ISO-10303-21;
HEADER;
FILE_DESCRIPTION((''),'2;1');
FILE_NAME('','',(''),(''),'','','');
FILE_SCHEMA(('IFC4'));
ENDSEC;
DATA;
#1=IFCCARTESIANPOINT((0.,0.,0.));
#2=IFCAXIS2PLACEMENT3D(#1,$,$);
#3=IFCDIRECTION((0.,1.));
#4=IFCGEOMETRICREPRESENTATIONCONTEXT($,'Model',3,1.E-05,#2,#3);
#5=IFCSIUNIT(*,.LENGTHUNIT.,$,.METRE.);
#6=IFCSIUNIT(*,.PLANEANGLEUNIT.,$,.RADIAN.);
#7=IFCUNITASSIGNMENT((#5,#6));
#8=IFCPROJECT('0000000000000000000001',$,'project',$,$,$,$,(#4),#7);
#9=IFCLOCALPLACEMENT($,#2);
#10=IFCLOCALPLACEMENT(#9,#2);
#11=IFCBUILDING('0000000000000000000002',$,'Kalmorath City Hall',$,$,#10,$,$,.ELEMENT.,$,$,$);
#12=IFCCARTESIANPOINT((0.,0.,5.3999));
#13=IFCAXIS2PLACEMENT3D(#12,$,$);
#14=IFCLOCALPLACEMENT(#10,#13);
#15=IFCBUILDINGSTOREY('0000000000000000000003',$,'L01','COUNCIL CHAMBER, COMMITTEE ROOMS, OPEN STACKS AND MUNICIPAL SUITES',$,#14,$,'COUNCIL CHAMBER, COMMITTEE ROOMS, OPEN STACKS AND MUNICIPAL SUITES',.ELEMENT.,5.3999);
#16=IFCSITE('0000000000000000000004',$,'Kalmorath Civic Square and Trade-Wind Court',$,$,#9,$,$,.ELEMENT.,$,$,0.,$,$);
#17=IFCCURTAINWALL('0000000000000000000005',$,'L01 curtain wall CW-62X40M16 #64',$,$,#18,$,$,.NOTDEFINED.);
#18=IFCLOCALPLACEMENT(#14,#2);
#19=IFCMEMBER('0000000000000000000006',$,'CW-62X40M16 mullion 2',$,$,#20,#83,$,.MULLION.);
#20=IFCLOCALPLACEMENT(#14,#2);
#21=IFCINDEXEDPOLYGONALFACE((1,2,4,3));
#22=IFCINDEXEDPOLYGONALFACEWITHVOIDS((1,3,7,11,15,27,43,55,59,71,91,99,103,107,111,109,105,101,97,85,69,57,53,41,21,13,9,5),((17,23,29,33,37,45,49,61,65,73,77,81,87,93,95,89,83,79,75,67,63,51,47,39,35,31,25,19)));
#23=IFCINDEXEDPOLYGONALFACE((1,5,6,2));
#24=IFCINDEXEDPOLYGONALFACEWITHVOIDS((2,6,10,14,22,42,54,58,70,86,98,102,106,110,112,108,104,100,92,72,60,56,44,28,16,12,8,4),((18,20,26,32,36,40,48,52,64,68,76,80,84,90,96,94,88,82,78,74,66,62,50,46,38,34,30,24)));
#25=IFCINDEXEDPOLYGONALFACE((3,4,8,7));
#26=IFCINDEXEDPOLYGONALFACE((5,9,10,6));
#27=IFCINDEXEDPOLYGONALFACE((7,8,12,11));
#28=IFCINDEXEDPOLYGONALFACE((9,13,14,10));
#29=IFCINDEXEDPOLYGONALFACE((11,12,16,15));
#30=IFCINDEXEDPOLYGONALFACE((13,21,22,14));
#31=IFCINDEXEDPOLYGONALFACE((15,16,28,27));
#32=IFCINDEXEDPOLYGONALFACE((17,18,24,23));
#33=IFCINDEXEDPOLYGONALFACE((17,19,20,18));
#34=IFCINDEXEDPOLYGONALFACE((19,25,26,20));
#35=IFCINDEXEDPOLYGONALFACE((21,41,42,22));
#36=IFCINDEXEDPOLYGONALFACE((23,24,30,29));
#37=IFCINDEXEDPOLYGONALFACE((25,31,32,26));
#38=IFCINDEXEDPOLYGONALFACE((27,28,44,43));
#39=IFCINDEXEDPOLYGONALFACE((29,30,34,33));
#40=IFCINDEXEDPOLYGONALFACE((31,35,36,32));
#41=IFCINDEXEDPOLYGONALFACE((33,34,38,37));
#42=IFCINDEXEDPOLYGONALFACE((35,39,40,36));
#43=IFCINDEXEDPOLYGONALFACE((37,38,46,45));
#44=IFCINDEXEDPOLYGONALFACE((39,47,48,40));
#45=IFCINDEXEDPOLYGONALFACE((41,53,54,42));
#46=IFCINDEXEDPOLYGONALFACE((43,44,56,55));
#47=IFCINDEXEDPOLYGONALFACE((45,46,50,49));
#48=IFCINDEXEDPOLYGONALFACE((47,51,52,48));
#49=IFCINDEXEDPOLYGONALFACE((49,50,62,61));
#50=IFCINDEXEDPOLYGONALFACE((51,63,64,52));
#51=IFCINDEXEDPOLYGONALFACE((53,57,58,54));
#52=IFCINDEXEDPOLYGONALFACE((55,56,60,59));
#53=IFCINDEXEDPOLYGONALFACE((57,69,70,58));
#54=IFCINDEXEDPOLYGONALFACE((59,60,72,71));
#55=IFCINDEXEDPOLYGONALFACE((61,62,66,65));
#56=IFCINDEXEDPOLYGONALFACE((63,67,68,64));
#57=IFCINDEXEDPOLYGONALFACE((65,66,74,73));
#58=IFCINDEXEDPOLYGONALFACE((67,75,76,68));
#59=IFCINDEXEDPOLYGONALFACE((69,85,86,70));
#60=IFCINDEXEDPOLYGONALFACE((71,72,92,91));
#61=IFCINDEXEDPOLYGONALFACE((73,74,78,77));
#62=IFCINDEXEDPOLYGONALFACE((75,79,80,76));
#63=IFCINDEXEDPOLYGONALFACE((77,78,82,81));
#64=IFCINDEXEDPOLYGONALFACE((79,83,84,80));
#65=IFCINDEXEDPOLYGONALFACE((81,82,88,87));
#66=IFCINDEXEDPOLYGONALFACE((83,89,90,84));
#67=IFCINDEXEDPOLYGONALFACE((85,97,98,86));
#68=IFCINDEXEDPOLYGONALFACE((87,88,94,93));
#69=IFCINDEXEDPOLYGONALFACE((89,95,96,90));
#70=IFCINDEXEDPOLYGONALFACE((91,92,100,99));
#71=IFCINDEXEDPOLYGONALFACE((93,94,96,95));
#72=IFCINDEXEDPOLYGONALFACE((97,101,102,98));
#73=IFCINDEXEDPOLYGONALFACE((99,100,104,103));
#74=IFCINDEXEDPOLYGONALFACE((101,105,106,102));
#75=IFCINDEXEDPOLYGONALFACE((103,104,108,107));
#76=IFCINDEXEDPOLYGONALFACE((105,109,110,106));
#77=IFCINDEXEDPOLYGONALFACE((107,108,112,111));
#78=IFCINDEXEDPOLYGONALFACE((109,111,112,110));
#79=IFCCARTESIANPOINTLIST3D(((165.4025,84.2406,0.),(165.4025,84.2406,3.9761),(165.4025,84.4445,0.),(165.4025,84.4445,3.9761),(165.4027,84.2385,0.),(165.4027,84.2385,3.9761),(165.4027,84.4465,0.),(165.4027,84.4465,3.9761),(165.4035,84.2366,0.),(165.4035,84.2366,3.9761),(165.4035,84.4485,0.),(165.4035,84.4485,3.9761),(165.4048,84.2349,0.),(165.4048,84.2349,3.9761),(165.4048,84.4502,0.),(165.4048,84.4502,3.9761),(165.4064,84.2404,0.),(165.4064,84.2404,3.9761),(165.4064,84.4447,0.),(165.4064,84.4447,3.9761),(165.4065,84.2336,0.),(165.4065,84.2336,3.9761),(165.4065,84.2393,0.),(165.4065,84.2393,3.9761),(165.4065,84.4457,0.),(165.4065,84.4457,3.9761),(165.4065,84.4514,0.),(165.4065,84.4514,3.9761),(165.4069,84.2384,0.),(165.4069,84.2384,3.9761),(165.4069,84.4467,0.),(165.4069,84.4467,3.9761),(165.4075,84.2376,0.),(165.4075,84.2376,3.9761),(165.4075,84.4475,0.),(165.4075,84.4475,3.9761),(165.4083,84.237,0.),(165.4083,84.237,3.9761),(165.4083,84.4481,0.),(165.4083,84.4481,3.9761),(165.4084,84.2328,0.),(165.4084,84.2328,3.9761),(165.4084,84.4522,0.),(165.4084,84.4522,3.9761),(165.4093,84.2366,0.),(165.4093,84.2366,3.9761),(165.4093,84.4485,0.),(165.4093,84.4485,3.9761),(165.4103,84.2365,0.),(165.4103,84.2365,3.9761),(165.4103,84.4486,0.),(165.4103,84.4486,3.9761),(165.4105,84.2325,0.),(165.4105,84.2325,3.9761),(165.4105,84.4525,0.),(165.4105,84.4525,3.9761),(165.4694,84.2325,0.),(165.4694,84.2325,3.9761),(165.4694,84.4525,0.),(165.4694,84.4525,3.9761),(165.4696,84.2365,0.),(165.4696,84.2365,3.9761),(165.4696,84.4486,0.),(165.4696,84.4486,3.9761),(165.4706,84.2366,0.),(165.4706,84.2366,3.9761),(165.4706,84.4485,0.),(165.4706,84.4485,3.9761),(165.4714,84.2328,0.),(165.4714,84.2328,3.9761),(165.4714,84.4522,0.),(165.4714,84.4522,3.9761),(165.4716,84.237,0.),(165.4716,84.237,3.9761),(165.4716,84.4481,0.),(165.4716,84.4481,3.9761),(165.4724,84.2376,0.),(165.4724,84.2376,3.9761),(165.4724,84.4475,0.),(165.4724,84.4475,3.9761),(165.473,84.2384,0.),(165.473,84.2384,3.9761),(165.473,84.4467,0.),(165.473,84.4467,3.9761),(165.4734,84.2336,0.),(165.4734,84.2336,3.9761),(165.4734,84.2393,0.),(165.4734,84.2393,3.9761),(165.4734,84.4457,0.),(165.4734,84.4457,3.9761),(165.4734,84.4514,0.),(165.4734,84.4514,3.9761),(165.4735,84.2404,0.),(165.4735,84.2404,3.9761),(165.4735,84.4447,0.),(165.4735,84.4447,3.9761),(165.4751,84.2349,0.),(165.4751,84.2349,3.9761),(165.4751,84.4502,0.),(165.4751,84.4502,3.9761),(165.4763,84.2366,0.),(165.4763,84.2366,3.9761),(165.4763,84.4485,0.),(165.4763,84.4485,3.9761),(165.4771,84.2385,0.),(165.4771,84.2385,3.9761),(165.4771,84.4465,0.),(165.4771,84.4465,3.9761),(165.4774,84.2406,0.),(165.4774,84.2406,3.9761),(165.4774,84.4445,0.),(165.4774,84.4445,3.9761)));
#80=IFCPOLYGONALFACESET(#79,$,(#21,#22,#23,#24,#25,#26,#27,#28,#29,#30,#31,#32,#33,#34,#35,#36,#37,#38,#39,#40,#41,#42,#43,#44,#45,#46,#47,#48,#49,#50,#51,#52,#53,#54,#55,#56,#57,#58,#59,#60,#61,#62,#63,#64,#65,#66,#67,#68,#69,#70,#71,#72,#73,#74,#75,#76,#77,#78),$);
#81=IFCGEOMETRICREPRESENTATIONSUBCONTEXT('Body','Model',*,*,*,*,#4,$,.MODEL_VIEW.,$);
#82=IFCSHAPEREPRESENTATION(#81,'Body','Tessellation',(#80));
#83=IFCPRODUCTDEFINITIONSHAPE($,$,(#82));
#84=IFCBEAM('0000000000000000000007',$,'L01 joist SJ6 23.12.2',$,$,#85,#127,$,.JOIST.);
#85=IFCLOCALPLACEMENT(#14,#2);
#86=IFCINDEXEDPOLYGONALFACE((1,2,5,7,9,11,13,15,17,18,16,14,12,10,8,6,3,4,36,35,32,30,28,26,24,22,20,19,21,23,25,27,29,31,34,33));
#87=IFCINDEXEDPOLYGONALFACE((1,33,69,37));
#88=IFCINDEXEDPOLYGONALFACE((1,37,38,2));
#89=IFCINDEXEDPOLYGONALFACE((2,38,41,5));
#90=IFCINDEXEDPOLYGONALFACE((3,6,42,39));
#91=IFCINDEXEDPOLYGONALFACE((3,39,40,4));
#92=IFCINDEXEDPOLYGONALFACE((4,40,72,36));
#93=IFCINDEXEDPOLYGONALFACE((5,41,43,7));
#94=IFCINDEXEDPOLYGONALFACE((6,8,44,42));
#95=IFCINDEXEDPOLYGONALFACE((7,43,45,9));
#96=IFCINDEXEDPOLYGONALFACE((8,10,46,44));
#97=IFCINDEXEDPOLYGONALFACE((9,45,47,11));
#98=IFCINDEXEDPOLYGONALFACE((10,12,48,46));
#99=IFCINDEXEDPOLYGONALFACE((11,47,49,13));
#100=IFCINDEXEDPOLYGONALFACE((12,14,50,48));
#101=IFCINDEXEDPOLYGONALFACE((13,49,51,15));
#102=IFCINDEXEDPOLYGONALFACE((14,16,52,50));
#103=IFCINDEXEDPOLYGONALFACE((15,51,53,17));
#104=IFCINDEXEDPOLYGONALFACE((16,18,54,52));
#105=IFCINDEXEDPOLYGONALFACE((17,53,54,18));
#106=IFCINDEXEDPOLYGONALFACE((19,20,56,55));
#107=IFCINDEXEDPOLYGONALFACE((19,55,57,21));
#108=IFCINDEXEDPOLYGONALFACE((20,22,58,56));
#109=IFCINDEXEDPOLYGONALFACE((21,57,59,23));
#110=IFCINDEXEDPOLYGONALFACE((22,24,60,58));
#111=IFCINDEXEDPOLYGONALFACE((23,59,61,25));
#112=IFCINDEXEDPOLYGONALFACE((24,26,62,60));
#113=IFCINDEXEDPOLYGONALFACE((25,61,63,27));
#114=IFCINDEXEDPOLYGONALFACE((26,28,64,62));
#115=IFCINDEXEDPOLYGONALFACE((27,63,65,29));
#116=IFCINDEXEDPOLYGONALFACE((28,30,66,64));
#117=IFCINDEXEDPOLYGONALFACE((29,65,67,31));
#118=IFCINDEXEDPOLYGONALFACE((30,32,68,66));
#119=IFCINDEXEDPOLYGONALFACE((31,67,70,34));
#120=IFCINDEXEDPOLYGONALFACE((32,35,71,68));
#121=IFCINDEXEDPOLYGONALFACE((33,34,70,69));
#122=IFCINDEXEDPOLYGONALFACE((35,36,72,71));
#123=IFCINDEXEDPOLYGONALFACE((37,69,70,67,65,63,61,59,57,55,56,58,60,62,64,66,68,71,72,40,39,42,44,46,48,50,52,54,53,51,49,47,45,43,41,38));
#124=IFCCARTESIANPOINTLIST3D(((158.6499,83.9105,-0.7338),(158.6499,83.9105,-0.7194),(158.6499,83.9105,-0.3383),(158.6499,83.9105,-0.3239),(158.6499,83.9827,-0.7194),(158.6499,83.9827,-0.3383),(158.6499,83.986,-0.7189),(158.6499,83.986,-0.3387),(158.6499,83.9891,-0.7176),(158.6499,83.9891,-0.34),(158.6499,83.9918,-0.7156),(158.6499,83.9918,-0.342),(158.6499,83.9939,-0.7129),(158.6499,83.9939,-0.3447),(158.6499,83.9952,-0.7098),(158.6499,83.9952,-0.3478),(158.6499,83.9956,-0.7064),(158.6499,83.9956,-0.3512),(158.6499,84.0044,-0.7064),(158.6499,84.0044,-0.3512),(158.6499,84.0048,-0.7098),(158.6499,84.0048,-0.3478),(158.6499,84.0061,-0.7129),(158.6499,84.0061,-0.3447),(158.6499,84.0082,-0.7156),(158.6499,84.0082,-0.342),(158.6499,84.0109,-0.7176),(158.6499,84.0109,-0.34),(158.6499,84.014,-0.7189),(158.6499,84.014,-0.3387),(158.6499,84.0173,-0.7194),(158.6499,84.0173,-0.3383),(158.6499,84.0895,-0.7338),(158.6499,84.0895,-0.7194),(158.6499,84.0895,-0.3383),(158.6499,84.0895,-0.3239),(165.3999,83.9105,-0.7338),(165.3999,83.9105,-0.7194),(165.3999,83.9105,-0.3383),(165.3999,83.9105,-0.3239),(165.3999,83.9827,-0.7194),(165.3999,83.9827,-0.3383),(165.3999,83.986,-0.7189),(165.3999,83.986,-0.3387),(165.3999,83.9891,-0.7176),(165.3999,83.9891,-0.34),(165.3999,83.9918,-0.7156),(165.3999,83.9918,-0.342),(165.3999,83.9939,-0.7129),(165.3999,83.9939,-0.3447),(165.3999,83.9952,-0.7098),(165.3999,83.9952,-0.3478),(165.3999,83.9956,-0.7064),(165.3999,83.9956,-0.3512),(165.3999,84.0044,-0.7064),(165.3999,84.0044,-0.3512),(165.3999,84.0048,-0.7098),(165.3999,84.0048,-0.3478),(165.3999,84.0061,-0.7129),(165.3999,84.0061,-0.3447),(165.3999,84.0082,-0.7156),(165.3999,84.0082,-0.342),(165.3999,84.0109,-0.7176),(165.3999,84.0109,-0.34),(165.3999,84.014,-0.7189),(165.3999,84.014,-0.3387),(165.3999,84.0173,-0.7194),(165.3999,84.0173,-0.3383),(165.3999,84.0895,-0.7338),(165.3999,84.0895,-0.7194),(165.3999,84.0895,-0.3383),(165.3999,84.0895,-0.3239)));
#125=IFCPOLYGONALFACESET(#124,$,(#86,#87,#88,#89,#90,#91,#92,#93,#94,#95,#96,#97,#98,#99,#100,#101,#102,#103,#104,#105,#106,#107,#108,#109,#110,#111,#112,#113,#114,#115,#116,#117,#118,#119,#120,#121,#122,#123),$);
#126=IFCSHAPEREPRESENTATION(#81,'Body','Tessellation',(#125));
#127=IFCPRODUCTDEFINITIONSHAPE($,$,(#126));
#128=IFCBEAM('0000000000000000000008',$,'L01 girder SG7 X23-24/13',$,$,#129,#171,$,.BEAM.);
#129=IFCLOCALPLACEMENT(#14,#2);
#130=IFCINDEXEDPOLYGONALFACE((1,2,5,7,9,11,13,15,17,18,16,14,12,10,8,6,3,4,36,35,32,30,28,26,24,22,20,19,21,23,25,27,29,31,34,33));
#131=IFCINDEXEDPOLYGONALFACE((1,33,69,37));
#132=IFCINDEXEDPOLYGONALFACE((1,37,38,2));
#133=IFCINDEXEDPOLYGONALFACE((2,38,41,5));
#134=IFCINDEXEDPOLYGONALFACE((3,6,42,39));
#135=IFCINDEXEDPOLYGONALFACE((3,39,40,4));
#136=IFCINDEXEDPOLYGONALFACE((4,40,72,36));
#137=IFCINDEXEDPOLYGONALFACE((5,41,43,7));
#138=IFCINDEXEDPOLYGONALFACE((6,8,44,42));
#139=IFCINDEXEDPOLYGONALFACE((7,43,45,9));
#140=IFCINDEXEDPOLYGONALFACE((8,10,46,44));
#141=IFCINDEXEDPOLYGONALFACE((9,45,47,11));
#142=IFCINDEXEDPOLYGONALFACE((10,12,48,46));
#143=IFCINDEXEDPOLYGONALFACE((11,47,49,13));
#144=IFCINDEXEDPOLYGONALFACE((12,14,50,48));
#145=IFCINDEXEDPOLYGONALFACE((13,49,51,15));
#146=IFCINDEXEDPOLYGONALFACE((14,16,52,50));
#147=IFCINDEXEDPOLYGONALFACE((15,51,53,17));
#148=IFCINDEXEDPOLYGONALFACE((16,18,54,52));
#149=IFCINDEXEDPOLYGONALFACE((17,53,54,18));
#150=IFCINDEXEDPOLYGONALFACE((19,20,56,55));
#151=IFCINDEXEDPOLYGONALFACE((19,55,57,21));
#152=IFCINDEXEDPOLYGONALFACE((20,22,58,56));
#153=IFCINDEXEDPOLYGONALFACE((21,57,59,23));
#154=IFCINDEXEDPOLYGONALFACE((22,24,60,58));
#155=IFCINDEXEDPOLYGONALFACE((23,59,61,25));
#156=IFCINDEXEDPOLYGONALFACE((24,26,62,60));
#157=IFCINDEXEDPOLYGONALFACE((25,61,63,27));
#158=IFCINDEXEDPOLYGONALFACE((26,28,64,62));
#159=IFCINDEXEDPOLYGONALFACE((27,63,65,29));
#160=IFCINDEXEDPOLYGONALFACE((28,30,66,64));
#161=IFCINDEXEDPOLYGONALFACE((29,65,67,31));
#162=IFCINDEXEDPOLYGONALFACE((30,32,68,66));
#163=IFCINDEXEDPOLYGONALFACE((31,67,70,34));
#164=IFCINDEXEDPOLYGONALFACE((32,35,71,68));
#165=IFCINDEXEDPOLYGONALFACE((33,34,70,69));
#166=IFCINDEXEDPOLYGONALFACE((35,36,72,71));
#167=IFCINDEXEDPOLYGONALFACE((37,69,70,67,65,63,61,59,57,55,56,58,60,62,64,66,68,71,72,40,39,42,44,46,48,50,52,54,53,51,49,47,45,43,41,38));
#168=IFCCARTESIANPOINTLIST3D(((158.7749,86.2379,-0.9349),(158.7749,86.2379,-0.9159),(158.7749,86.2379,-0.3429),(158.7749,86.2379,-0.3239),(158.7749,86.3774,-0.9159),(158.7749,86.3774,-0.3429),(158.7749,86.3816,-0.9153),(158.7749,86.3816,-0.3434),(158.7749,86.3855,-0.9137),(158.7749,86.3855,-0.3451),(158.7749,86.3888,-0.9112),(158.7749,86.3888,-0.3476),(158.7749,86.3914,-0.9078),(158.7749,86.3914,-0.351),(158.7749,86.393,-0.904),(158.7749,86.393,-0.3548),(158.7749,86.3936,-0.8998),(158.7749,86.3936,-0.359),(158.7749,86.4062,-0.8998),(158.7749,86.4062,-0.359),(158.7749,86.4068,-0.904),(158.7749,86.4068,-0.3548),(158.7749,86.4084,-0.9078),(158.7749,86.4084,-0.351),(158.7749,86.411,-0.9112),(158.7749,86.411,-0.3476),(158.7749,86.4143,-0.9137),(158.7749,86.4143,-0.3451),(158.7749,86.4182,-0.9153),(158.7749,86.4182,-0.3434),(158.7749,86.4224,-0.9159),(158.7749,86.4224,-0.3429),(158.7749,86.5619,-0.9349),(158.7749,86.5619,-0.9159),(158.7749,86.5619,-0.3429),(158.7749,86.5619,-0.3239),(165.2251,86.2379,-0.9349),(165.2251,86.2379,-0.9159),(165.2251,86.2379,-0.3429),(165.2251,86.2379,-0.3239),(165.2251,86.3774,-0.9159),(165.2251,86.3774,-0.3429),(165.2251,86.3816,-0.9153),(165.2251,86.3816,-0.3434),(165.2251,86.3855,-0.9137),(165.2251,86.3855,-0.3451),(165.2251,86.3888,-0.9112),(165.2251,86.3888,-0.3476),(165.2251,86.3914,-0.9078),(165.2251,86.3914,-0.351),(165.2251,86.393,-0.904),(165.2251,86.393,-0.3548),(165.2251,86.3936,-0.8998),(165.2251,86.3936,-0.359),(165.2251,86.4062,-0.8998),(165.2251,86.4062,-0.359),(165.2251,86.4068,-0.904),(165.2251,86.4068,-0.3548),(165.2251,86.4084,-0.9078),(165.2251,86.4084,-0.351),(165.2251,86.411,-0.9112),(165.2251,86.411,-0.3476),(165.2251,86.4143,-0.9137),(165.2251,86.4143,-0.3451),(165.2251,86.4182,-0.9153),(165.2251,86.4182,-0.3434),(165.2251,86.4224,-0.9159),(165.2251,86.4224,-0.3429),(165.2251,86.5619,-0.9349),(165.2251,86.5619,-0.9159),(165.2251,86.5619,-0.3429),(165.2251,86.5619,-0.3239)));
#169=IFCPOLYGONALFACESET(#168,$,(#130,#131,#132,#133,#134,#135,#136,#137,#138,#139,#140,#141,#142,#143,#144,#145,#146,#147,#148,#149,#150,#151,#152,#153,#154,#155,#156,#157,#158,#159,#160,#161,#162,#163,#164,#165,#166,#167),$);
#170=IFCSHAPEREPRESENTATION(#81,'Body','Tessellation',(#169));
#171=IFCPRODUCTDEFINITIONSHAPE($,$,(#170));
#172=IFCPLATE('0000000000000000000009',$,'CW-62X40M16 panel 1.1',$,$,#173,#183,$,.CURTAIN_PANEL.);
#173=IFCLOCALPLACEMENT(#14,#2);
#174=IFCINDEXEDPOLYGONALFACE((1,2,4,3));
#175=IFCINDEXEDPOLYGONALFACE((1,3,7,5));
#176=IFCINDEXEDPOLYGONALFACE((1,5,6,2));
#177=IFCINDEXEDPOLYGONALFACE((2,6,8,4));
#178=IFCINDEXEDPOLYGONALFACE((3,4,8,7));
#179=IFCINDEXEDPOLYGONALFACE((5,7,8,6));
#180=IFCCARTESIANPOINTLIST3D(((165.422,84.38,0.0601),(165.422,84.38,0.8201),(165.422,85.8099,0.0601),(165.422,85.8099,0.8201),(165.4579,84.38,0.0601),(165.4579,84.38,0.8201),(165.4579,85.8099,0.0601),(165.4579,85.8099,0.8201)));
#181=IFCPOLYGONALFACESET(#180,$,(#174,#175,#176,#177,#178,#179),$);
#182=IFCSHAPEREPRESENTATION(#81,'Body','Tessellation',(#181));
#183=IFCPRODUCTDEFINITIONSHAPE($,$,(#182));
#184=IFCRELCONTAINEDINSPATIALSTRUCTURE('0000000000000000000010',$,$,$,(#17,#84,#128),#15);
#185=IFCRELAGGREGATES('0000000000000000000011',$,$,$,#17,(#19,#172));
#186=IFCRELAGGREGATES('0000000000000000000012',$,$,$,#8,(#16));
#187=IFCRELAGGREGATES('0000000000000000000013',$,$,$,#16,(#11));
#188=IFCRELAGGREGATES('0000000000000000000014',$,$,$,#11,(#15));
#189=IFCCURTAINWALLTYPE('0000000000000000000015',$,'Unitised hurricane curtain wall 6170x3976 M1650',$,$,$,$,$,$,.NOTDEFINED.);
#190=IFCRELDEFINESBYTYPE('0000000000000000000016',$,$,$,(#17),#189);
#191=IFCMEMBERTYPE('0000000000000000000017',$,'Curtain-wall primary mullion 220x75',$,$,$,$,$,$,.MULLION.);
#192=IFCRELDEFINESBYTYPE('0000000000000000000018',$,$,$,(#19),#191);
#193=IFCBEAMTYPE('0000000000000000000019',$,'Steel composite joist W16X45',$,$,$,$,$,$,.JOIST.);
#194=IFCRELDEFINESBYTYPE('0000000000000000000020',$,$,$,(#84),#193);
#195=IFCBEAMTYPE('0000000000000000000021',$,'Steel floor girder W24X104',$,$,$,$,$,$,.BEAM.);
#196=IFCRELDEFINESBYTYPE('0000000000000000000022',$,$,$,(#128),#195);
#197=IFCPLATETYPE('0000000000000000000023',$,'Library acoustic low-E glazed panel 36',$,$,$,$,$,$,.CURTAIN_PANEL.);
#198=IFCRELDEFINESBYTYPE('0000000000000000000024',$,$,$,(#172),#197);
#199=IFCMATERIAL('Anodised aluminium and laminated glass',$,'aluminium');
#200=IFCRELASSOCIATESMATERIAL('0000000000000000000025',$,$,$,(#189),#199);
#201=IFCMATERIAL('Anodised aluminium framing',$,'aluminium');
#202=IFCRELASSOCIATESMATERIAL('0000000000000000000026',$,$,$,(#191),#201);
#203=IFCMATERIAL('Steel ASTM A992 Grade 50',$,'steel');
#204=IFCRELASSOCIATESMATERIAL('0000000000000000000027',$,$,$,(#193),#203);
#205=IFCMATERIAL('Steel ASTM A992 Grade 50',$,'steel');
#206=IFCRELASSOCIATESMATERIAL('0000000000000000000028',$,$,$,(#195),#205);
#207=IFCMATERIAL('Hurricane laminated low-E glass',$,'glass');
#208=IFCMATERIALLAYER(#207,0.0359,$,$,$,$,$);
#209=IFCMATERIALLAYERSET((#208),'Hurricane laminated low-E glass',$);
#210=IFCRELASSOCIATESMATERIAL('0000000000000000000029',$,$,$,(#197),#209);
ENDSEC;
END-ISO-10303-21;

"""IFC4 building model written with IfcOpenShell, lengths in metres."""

from ifc_helpers import new_model, si_unit, direction, frame, origin, origin_2d, place, context, subcontext, project, spatial, rectangle, hollow_rectangle, i_section, extrude, material, layer, layer_set, material_profile, profile_set, type_object, element, aggregate, save


model = new_model("IFC4")

# Units and contexts
model_context = context("Model", 3, precision=1e-05, world=origin(), true_north=direction((0.0, 1.0)))
body_context = subcontext(model_context, "Body", "Model", "MODEL_VIEW")
ifc_project = project(units=[si_unit("LENGTHUNIT", "METRE"), si_unit("PLANEANGLEUNIT", "RADIAN")], contexts=[model_context])

# Site, building, storey
site_placement = place(None, origin())
site = spatial("IfcSite", under=ifc_project, at=site_placement, Name="Kalmorath Civic Square and Trade-Wind Court", CompositionType="ELEMENT", RefElevation=0.0)
building_placement = place(site_placement, origin())
building = spatial("IfcBuilding", under=site, at=building_placement, Name="Kalmorath City Hall", CompositionType="ELEMENT")
storey_placement = place(building_placement, frame((0.0, 0.0, 5.3999)))
storey = spatial("IfcBuildingStorey", under=building, at=storey_placement, Name="L01", Description="COUNCIL CHAMBER, COMMITTEE ROOMS, OPEN STACKS AND MUNICIPAL SUITES", LongName="COUNCIL CHAMBER, COMMITTEE ROOMS, OPEN STACKS AND MUNICIPAL SUITES", CompositionType="ELEMENT", Elevation=5.3999)

# Curtain wall, member
ifc_material_1 = material(Name="Anodised aluminium and laminated glass", Category="aluminium")
curtain_wall_type = type_object("IfcCurtainWallType", Name="Unitised hurricane curtain wall 6170x3976 M1650", PredefinedType="NOTDEFINED", material=ifc_material_1)
curtain_wall_placement = place(storey_placement, origin())
curtain_wall = element("IfcCurtainWall", 1, at=curtain_wall_placement, inside=storey, type_object=curtain_wall_type, Name="L01 curtain wall CW-62X40M16 #64", PredefinedType="NOTDEFINED")
ifc_material_2 = material(Name="Anodised aluminium framing", Category="aluminium")
ifc_material_profile_1 = material_profile(ifc_material_2, hollow_rectangle(XDim=0.075, YDim=0.22, WallThickness=0.0039, InnerFilletRadius=0.0039, OuterFilletRadius=0.0081, at=origin_2d()), Name="ALU-MUL-220X75X4")
ifc_profile_set_1 = profile_set([ifc_material_profile_1], Name="Anodised aluminium framing")
member_type_1 = type_object("IfcMemberType", Name="Curtain-wall primary mullion 220x75", PredefinedType="MULLION", material=ifc_profile_set_1)
member_1_placement = place(storey_placement, frame((165.4399, 84.3425, 0.0), z_axis=(0.0, 0.0, 1.0), x_axis=(1.0, 0.0, 0.0)))
member_1 = element("IfcMember", 2, at=member_1_placement, type_object=member_type_1, Name="CW-62X40M16 mullion 2", PredefinedType="MULLION", context=body_context, shape_type="SweptSolid", body=[
    extrude(hollow_rectangle(XDim=0.075, YDim=0.22, WallThickness=0.0039, InnerFilletRadius=0.0039, OuterFilletRadius=0.0081, at=origin_2d()), origin(), (0.0, 0.0, 1.0), 3.9761),
])

# Beams
ifc_material_3 = material(Name="Steel ASTM A992 Grade 50", Category="steel")
ifc_material_profile_2 = material_profile(ifc_material_3, i_section(OverallWidth=0.179, OverallDepth=0.4099, WebThickness=0.0088, FlangeThickness=0.0144, FilletRadius=0.0129, at=origin_2d()), Name="W16X45")
ifc_profile_set_2 = profile_set([ifc_material_profile_2], Name="Steel ASTM A992 Grade 50")
beam_type_1 = type_object("IfcBeamType", Name="Steel composite joist W16X45", PredefinedType="JOIST", material=ifc_profile_set_2)
beam_1_placement = place(storey_placement, frame((158.6499, 84.0, -0.5288), z_axis=(1.0, 0.0, 0.0), x_axis=(0.0, 1.0, 0.0)))
element("IfcBeam", 3, at=beam_1_placement, inside=storey, type_object=beam_type_1, Name="L01 joist SJ6 23.12.2", PredefinedType="JOIST", context=body_context, shape_type="SweptSolid", body=[
    extrude(i_section(OverallWidth=0.179, OverallDepth=0.4099, WebThickness=0.0088, FlangeThickness=0.0144, FilletRadius=0.0129, at=origin_2d()), origin(), (0.0, 0.0, 1.0), 6.75),
])
ifc_material_4 = material(Name="Steel ASTM A992 Grade 50", Category="steel")
ifc_material_profile_3 = material_profile(ifc_material_4, i_section(OverallWidth=0.324, OverallDepth=0.6111, WebThickness=0.0127, FlangeThickness=0.019, FilletRadius=0.0161, at=origin_2d()), Name="W24X104")
ifc_profile_set_3 = profile_set([ifc_material_profile_3], Name="Steel ASTM A992 Grade 50")
beam_type_2 = type_object("IfcBeamType", Name="Steel floor girder W24X104", PredefinedType="BEAM", material=ifc_profile_set_3)
beam_2_placement = place(storey_placement, frame((158.7749, 86.3999, -0.6294), z_axis=(1.0, 0.0, 0.0), x_axis=(0.0, 1.0, 0.0)))
element("IfcBeam", 4, at=beam_2_placement, inside=storey, type_object=beam_type_2, Name="L01 girder SG7 X23-24/13", PredefinedType="BEAM", context=body_context, shape_type="SweptSolid", body=[
    extrude(i_section(OverallWidth=0.324, OverallDepth=0.6111, WebThickness=0.0127, FlangeThickness=0.019, FilletRadius=0.0161, at=origin_2d()), origin(), (0.0, 0.0, 1.0), 6.4502),
])

# Plate
ifc_material_5 = material(Name="Hurricane laminated low-E glass", Category="glass")
ifc_layer_1 = layer(ifc_material_5, 0.0359)
ifc_layer_set_1 = layer_set([ifc_layer_1], Name="Hurricane laminated low-E glass")
plate_type = type_object("IfcPlateType", Name="Library acoustic low-E glazed panel 36", PredefinedType="CURTAIN_PANEL", material=ifc_layer_set_1)
plate_1_placement = place(storey_placement, frame((165.4399, 85.095, 0.0601), z_axis=(0.0, 0.0, 1.0), x_axis=(0.0, -1.0, 0.0)))
plate_1 = element("IfcPlate", 5, at=plate_1_placement, type_object=plate_type, Name="CW-62X40M16 panel 1.1", PredefinedType="CURTAIN_PANEL", context=body_context, shape_type="SweptSolid", body=[
    extrude(rectangle(XDim=1.4299, YDim=0.0359, at=origin_2d()), origin(), (0.0, 0.0, 1.0), 0.76),
])
aggregate(curtain_wall, [member_1, plate_1])

save(model, "model.ifc")
